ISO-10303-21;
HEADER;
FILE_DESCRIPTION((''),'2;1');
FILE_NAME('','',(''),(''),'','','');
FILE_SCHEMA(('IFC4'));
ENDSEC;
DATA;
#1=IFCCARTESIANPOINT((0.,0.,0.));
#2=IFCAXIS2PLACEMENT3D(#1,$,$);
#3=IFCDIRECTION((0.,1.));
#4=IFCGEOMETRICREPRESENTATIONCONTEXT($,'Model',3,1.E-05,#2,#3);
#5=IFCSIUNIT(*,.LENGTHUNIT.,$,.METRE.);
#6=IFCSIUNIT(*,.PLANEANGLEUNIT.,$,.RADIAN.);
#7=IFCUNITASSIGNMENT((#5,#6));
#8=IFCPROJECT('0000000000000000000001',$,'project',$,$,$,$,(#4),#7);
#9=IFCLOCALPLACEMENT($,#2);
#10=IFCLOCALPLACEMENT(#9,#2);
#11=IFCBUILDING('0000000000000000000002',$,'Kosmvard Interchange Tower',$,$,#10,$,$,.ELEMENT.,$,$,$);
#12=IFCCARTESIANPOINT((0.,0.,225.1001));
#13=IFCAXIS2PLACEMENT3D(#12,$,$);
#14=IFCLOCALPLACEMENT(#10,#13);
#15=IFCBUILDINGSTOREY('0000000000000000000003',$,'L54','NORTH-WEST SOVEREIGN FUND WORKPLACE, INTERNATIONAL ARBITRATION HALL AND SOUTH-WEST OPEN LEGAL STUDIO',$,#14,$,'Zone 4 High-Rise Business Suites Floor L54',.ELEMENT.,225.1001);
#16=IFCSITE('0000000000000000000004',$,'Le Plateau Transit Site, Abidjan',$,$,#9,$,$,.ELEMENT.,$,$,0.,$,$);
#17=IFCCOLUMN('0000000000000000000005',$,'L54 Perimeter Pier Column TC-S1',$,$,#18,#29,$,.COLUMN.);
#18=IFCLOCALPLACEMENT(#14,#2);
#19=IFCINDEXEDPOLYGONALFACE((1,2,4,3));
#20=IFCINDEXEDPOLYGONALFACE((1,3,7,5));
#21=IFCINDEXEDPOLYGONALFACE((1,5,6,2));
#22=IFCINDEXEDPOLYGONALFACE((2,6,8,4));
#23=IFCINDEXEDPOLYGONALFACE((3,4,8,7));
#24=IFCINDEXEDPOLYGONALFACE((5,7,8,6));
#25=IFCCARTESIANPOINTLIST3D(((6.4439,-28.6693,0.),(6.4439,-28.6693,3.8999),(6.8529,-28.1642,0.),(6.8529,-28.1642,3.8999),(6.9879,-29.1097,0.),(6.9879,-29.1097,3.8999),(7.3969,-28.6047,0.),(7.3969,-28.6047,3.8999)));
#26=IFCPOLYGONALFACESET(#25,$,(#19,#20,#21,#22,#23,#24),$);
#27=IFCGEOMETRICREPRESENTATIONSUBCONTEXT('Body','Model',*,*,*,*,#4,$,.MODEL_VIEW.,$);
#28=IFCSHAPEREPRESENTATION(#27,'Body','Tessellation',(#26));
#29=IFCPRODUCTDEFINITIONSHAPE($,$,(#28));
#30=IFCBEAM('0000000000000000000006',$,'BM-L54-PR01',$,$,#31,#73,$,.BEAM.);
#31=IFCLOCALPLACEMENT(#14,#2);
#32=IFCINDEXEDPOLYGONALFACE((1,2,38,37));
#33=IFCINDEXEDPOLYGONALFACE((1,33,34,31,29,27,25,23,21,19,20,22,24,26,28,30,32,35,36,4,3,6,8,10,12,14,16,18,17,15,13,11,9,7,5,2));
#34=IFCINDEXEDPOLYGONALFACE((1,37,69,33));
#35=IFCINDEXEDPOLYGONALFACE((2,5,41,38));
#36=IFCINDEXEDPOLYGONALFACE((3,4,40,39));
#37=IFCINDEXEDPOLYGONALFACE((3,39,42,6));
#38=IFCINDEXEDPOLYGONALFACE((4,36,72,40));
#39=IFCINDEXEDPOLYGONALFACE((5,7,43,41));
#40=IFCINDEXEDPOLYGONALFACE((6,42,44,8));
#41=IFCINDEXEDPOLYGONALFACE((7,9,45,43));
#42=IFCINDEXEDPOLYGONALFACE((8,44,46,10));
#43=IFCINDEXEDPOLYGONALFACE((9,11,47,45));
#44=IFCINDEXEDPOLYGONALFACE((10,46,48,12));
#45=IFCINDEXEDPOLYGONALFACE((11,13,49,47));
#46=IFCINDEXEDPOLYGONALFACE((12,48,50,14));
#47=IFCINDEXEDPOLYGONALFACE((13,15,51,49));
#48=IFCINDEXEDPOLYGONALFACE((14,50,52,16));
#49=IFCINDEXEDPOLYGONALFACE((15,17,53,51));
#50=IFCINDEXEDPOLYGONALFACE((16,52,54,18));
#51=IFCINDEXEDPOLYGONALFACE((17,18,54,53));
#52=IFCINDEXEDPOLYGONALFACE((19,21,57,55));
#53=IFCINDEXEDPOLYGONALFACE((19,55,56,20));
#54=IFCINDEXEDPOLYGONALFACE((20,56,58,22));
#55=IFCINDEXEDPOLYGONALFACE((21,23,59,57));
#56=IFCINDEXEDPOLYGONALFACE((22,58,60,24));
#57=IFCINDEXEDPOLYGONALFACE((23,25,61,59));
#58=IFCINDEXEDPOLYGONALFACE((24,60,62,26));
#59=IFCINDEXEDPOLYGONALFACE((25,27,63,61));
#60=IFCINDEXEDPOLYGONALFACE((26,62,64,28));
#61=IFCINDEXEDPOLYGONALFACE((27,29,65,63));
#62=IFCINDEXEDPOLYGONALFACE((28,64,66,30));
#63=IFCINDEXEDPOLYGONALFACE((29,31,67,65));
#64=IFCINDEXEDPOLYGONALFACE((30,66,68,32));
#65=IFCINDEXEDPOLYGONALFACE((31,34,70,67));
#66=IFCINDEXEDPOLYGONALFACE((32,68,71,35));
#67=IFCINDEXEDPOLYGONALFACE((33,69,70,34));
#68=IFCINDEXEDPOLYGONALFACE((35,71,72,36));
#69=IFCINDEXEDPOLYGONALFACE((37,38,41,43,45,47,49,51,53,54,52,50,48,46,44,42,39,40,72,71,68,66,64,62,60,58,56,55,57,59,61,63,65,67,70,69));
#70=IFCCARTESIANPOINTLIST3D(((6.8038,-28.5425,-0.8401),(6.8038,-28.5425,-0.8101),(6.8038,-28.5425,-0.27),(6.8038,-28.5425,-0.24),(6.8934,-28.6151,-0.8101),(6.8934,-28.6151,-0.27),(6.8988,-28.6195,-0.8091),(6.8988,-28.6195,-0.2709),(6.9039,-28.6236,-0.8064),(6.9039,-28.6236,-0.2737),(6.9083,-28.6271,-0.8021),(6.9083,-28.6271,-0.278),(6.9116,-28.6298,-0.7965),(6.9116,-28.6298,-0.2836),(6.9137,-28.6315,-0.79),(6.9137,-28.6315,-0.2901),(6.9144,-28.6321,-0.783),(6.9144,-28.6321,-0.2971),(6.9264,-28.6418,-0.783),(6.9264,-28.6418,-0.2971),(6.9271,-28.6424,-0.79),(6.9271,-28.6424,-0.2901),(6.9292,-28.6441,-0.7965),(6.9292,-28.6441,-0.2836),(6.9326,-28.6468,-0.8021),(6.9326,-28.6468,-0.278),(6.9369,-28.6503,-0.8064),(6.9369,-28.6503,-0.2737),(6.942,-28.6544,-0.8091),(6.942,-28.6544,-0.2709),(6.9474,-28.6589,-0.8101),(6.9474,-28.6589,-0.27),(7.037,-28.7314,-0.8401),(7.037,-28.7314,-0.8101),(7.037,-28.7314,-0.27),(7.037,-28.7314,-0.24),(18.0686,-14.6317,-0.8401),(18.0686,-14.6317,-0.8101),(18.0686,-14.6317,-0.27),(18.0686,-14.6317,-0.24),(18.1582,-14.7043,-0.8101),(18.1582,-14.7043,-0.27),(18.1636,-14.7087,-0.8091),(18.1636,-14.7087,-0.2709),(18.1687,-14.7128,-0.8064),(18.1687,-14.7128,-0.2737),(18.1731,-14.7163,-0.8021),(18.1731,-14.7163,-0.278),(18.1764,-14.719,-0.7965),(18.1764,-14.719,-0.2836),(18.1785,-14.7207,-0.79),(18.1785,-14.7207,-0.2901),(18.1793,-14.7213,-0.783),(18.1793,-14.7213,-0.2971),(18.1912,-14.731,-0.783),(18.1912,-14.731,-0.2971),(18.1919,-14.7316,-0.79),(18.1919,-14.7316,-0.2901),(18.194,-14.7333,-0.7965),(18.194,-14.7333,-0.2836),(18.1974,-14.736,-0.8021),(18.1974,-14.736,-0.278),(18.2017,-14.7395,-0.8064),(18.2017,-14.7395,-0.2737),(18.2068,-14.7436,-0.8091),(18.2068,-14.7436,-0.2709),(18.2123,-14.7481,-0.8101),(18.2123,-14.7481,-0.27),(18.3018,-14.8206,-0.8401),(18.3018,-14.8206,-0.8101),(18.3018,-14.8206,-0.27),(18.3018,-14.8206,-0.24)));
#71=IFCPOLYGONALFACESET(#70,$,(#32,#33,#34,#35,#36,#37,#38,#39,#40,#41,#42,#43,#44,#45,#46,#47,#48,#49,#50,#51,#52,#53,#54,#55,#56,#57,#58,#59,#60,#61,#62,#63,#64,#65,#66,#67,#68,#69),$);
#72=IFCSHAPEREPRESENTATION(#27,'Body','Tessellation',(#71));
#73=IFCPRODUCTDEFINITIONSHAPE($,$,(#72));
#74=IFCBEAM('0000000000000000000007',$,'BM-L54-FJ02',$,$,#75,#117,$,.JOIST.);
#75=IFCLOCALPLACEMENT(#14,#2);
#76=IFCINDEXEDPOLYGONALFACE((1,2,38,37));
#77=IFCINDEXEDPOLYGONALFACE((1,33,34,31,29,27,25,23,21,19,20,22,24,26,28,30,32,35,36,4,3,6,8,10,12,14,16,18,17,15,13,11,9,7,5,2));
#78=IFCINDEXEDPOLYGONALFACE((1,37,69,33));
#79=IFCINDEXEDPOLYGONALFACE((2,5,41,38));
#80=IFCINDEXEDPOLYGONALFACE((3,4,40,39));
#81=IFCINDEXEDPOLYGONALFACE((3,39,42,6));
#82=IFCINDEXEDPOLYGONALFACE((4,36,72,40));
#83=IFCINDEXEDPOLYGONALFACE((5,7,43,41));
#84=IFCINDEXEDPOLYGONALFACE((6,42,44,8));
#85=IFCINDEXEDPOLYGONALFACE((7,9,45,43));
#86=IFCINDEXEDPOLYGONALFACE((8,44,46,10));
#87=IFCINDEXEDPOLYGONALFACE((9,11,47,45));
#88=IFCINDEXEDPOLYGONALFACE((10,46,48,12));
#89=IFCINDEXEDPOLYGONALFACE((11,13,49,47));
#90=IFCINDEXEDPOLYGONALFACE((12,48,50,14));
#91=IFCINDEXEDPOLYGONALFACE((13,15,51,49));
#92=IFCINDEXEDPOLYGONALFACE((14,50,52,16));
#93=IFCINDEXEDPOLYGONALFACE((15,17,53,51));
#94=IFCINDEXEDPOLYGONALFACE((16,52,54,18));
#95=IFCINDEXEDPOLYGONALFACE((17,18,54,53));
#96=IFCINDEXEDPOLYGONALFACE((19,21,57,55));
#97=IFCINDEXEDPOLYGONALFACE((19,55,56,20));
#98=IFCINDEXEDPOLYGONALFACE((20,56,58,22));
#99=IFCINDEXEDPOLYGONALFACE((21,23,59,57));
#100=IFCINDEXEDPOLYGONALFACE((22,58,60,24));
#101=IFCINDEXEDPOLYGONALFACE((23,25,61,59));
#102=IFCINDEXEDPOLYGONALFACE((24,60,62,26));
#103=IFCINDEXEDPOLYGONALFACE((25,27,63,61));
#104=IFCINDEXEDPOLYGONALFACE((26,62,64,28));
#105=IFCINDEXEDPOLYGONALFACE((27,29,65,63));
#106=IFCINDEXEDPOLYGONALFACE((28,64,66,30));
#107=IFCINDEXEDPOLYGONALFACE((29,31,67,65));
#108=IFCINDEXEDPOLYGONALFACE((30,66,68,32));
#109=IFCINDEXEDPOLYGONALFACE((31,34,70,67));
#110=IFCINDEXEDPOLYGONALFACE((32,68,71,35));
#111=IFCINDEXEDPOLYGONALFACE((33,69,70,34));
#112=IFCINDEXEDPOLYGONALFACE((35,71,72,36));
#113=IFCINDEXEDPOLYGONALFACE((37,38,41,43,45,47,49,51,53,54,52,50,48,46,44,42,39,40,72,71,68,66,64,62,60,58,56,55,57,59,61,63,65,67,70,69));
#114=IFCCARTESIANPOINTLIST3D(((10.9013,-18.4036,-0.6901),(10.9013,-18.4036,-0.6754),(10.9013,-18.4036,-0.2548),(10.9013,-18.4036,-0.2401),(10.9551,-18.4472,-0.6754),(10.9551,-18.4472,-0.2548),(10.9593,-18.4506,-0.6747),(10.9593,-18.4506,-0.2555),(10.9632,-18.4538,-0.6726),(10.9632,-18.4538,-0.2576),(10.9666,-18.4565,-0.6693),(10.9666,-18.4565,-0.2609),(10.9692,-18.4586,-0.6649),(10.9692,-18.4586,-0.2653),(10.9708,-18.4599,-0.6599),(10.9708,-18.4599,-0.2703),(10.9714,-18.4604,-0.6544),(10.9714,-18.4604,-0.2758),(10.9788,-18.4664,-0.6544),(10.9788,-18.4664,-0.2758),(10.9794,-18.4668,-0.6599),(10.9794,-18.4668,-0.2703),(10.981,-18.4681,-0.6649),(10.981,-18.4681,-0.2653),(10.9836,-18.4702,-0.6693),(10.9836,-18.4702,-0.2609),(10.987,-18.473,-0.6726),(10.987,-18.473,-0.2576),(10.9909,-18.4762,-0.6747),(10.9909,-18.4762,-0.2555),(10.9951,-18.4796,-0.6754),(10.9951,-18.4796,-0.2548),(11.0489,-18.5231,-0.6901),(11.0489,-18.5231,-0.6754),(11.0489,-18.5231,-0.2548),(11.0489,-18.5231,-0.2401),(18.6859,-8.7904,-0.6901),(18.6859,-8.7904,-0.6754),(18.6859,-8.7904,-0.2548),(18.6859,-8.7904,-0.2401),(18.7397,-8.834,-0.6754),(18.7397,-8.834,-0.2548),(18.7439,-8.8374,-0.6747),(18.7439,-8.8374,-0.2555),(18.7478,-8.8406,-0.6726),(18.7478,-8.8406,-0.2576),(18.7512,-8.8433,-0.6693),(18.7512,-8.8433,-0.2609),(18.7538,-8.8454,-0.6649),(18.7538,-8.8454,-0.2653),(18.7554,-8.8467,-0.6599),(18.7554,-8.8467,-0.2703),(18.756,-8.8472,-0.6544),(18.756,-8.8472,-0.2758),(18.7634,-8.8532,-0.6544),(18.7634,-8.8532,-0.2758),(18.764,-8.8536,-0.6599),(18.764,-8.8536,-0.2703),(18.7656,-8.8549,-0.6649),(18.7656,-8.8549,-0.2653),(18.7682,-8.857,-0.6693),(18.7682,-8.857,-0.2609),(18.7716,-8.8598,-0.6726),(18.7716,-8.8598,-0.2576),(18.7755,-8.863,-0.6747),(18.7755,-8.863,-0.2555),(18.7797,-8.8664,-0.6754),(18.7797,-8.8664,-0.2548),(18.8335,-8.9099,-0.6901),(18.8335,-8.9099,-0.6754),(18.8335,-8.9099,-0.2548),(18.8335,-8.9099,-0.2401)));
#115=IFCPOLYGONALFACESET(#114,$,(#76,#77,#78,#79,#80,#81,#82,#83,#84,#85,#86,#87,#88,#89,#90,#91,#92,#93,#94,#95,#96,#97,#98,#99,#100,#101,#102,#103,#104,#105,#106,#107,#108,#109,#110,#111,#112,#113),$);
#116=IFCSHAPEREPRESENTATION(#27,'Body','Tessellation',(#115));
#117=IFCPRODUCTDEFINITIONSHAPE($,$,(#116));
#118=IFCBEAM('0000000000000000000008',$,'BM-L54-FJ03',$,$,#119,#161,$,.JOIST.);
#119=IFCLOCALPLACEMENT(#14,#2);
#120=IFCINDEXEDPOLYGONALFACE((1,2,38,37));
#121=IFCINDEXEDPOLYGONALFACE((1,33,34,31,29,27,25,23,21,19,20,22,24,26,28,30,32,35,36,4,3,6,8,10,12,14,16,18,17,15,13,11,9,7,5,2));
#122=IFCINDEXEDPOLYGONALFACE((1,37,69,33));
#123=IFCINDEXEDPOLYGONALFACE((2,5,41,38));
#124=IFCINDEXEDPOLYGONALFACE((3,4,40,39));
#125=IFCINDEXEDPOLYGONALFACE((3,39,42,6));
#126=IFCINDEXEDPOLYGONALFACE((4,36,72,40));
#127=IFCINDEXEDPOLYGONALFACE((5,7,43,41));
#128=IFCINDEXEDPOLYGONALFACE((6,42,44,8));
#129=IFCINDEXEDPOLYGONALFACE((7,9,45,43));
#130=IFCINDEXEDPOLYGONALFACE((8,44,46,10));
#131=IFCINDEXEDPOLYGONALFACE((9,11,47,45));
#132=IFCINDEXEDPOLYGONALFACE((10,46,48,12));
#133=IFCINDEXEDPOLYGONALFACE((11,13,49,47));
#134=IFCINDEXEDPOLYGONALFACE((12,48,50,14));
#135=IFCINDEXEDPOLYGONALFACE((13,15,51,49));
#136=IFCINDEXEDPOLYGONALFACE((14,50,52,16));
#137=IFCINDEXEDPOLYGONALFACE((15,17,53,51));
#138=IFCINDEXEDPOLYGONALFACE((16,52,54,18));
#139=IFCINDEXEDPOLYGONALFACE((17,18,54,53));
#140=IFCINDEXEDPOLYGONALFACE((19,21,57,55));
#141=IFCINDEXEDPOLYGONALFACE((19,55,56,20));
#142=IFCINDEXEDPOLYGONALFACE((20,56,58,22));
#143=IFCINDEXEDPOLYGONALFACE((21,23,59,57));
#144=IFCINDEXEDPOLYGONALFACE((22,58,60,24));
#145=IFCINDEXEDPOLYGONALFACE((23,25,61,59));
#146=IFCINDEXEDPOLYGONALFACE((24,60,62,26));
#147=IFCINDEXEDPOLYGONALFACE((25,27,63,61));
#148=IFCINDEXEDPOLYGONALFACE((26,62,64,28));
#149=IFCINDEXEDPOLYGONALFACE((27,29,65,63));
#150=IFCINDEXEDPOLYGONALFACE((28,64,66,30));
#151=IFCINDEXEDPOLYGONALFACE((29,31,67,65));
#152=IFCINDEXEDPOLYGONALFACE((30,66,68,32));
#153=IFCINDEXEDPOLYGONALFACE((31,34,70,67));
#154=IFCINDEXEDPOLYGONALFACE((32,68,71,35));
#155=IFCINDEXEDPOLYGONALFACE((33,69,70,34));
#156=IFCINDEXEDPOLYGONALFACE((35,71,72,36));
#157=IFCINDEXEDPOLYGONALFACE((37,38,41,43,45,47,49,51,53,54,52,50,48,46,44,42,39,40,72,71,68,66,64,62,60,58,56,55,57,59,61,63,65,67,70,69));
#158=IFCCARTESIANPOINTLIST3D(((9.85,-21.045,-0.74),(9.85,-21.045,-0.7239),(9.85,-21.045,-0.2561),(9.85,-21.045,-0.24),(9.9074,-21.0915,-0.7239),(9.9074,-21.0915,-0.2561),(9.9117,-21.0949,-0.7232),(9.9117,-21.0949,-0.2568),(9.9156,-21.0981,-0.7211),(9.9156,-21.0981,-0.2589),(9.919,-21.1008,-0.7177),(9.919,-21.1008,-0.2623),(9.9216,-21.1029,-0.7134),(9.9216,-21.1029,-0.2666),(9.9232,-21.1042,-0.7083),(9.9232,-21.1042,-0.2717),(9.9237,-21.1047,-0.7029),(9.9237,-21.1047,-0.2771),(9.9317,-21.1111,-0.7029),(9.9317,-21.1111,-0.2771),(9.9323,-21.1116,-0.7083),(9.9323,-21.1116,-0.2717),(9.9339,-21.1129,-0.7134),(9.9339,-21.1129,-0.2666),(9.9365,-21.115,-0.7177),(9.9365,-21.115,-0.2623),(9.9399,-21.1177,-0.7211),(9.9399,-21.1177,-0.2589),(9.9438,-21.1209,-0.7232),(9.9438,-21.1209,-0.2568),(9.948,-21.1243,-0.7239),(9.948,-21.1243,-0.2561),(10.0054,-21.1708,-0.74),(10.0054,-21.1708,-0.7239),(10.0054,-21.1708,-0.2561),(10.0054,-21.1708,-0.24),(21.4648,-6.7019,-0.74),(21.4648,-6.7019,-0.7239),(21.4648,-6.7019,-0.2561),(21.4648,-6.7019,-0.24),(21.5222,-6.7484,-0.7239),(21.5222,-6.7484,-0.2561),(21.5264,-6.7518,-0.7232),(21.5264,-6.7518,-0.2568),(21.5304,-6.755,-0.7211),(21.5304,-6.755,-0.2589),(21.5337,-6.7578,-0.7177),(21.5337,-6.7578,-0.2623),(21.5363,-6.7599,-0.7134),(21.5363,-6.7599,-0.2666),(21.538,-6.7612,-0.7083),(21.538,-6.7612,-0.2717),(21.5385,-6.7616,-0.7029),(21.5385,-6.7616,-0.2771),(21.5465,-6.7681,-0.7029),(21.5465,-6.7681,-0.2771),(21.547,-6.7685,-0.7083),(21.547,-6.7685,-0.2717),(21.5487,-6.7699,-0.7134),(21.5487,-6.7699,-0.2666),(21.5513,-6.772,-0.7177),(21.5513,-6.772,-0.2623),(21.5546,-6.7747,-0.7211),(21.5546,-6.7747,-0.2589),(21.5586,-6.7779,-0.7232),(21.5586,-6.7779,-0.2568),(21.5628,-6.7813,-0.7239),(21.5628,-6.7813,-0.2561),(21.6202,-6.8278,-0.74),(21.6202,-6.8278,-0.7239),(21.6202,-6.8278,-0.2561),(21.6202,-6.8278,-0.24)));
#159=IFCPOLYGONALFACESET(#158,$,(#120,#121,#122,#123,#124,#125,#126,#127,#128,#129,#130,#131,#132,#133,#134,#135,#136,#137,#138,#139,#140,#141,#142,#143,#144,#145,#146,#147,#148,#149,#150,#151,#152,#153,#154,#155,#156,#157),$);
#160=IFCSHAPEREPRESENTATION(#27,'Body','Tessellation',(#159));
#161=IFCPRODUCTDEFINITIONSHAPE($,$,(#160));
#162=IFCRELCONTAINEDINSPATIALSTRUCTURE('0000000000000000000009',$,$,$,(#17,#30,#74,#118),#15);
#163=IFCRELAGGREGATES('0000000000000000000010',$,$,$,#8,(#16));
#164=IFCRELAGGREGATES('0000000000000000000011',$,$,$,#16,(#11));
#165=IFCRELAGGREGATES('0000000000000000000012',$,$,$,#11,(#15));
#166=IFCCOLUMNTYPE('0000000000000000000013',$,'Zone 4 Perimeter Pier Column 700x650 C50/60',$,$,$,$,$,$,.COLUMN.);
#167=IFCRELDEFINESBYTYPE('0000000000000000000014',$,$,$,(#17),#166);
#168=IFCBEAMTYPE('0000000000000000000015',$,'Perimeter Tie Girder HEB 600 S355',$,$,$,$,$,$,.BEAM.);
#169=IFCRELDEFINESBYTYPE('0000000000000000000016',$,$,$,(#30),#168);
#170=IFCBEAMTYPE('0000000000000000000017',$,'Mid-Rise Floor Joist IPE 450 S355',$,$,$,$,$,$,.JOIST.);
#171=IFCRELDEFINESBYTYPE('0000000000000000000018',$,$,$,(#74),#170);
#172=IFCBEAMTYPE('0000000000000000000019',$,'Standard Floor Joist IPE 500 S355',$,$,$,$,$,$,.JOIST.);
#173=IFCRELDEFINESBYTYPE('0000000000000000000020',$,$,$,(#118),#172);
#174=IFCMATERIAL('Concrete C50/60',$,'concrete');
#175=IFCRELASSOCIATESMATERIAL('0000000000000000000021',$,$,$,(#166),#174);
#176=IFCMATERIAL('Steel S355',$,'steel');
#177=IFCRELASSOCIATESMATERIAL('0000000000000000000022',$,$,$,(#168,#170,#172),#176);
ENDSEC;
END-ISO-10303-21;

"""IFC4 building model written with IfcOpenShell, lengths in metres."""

from ifc_helpers import new_model, si_unit, direction, frame, origin, origin_2d, place, context, subcontext, project, spatial, rectangle, i_section, extrude, source, transform, mapped, material, material_profile, profile_set, type_object, element, save


model = new_model("IFC4")

# Units and contexts
model_context = context("Model", 3, precision=1e-05, world=origin(), true_north=direction((0.0, 1.0)))
body_context = subcontext(model_context, "Body", "Model", "MODEL_VIEW")
ifc_project = project(units=[si_unit("LENGTHUNIT", "METRE"), si_unit("PLANEANGLEUNIT", "RADIAN")], contexts=[model_context])

# Site, building, storey
site_placement = place(None, origin())
site = spatial("IfcSite", under=ifc_project, at=site_placement, Name="Le Plateau Transit Site, Abidjan", CompositionType="ELEMENT", RefElevation=0.0)
building_placement = place(site_placement, origin())
building = spatial("IfcBuilding", under=site, at=building_placement, Name="Kosmvard Interchange Tower", CompositionType="ELEMENT")
storey_placement = place(building_placement, frame((0.0, 0.0, 225.1001)))
storey = spatial("IfcBuildingStorey", under=building, at=storey_placement, Name="L54", Description="NORTH-WEST SOVEREIGN FUND WORKPLACE, INTERNATIONAL ARBITRATION HALL AND SOUTH-WEST OPEN LEGAL STUDIO", LongName="Zone 4 High-Rise Business Suites Floor L54", CompositionType="ELEMENT", Elevation=225.1001)

# Column
ifc_material_1 = material(Name="Concrete C50/60", Category="concrete")
ifc_material_profile_1 = material_profile(ifc_material_1, rectangle(XDim=0.6499, YDim=0.7, at=origin_2d()), Name="TC 700x650")
ifc_profile_set_1 = profile_set([ifc_material_profile_1], Name="Concrete C50/60")
column_type = type_object("IfcColumnType", Name="Zone 4 Perimeter Pier Column 700x650 C50/60", PredefinedType="COLUMN", material=ifc_profile_set_1)
shared_shape_1 = source(origin(), body_context, "Body", "SweptSolid", [
    extrude(rectangle(XDim=0.6499, YDim=0.7, at=origin_2d()), origin(), (0.0, 0.0, 1.0), 3.8999),
])
column_placement = place(storey_placement, frame((6.9204, -28.637, 0.0), z_axis=(0.0, 0.0, 1.0), x_axis=(0.62932, 0.777146, 0.0)))
element("IfcColumn", 1, at=column_placement, inside=storey, type_object=column_type, Name="L54 Perimeter Pier Column TC-S1", PredefinedType="COLUMN", context=body_context, shape_type="MappedRepresentation", body=[
    mapped(shared_shape_1, transform((0.0, 0.0, 0.0), scale=1.0)),
])

# Beams
ifc_material_2 = material(Name="Steel S355", Category="steel")
ifc_material_profile_2 = material_profile(ifc_material_2, i_section(OverallWidth=0.3, OverallDepth=0.6001, WebThickness=0.0154, FlangeThickness=0.03, FilletRadius=0.0271, at=origin_2d()), Name="HEB 600")
ifc_profile_set_2 = profile_set([ifc_material_profile_2], Name="Steel S355")
beam_type_1 = type_object("IfcBeamType", Name="Perimeter Tie Girder HEB 600 S355", PredefinedType="BEAM", material=ifc_profile_set_2)
shared_shape_2 = source(origin(), body_context, "Body", "SweptSolid", [
    extrude(i_section(OverallWidth=0.3, OverallDepth=0.6001, WebThickness=0.0154, FlangeThickness=0.03, FilletRadius=0.0271, at=origin_2d()), origin(), (0.0, 0.0, 1.0), 17.8999),
])
beam_1_placement = place(storey_placement, frame((6.9204, -28.637, -0.54), z_axis=(0.629323, 0.777144, 0.0), x_axis=(-0.777144, 0.629323, 0.0)))
element("IfcBeam", 2, at=beam_1_placement, inside=storey, type_object=beam_type_1, Name="BM-L54-PR01", PredefinedType="BEAM", context=body_context, shape_type="MappedRepresentation", body=[
    mapped(shared_shape_2, transform((0.0, 0.0, 0.0), scale=1.0)),
])
ifc_material_profile_3 = material_profile(ifc_material_2, i_section(OverallWidth=0.1899, OverallDepth=0.45, WebThickness=0.0095, FlangeThickness=0.0146, FilletRadius=0.021, at=origin_2d()), Name="IPE 450")
ifc_profile_set_3 = profile_set([ifc_material_profile_3], Name="Steel S355")
beam_type_2 = type_object("IfcBeamType", Name="Mid-Rise Floor Joist IPE 450 S355", PredefinedType="JOIST", material=ifc_profile_set_3)
shared_shape_3 = source(origin(), body_context, "Body", "SweptSolid", [
    extrude(i_section(OverallWidth=0.1899, OverallDepth=0.45, WebThickness=0.0095, FlangeThickness=0.0146, FilletRadius=0.021, at=origin_2d()), origin(), (0.0, 0.0, 1.0), 12.3699),
])
beam_2_placement = place(storey_placement, frame((10.9751, -18.4634, -0.4651), z_axis=(0.62932, 0.777147, 0.0), x_axis=(-0.777147, 0.62932, 0.0)))
element("IfcBeam", 3, at=beam_2_placement, inside=storey, type_object=beam_type_2, Name="BM-L54-FJ02", PredefinedType="JOIST", context=body_context, shape_type="MappedRepresentation", body=[
    mapped(shared_shape_3, transform((0.0, 0.0, 0.0), scale=1.0)),
])
ifc_material_profile_4 = material_profile(ifc_material_2, i_section(OverallWidth=0.2, OverallDepth=0.5, WebThickness=0.0103, FlangeThickness=0.0161, FilletRadius=0.021, at=origin_2d()), Name="IPE 500")
ifc_profile_set_4 = profile_set([ifc_material_profile_4], Name="Steel S355")
beam_type_3 = type_object("IfcBeamType", Name="Standard Floor Joist IPE 500 S355", PredefinedType="JOIST", material=ifc_profile_set_4)
shared_shape_4 = source(origin(), body_context, "Body", "SweptSolid", [
    extrude(i_section(OverallWidth=0.2, OverallDepth=0.5, WebThickness=0.0103, FlangeThickness=0.0161, FilletRadius=0.021, at=origin_2d()), origin(), (0.0, 0.0, 1.0), 18.4561),
])
beam_3_placement = place(storey_placement, frame((9.9277, -21.1079, -0.49), z_axis=(0.62932, 0.777146, 0.0), x_axis=(-0.777146, 0.62932, 0.0)))
element("IfcBeam", 4, at=beam_3_placement, inside=storey, type_object=beam_type_3, Name="BM-L54-FJ03", PredefinedType="JOIST", context=body_context, shape_type="MappedRepresentation", body=[
    mapped(shared_shape_4, transform((0.0, 0.0, 0.0), scale=1.0)),
])

save(model, "model.ifc")
